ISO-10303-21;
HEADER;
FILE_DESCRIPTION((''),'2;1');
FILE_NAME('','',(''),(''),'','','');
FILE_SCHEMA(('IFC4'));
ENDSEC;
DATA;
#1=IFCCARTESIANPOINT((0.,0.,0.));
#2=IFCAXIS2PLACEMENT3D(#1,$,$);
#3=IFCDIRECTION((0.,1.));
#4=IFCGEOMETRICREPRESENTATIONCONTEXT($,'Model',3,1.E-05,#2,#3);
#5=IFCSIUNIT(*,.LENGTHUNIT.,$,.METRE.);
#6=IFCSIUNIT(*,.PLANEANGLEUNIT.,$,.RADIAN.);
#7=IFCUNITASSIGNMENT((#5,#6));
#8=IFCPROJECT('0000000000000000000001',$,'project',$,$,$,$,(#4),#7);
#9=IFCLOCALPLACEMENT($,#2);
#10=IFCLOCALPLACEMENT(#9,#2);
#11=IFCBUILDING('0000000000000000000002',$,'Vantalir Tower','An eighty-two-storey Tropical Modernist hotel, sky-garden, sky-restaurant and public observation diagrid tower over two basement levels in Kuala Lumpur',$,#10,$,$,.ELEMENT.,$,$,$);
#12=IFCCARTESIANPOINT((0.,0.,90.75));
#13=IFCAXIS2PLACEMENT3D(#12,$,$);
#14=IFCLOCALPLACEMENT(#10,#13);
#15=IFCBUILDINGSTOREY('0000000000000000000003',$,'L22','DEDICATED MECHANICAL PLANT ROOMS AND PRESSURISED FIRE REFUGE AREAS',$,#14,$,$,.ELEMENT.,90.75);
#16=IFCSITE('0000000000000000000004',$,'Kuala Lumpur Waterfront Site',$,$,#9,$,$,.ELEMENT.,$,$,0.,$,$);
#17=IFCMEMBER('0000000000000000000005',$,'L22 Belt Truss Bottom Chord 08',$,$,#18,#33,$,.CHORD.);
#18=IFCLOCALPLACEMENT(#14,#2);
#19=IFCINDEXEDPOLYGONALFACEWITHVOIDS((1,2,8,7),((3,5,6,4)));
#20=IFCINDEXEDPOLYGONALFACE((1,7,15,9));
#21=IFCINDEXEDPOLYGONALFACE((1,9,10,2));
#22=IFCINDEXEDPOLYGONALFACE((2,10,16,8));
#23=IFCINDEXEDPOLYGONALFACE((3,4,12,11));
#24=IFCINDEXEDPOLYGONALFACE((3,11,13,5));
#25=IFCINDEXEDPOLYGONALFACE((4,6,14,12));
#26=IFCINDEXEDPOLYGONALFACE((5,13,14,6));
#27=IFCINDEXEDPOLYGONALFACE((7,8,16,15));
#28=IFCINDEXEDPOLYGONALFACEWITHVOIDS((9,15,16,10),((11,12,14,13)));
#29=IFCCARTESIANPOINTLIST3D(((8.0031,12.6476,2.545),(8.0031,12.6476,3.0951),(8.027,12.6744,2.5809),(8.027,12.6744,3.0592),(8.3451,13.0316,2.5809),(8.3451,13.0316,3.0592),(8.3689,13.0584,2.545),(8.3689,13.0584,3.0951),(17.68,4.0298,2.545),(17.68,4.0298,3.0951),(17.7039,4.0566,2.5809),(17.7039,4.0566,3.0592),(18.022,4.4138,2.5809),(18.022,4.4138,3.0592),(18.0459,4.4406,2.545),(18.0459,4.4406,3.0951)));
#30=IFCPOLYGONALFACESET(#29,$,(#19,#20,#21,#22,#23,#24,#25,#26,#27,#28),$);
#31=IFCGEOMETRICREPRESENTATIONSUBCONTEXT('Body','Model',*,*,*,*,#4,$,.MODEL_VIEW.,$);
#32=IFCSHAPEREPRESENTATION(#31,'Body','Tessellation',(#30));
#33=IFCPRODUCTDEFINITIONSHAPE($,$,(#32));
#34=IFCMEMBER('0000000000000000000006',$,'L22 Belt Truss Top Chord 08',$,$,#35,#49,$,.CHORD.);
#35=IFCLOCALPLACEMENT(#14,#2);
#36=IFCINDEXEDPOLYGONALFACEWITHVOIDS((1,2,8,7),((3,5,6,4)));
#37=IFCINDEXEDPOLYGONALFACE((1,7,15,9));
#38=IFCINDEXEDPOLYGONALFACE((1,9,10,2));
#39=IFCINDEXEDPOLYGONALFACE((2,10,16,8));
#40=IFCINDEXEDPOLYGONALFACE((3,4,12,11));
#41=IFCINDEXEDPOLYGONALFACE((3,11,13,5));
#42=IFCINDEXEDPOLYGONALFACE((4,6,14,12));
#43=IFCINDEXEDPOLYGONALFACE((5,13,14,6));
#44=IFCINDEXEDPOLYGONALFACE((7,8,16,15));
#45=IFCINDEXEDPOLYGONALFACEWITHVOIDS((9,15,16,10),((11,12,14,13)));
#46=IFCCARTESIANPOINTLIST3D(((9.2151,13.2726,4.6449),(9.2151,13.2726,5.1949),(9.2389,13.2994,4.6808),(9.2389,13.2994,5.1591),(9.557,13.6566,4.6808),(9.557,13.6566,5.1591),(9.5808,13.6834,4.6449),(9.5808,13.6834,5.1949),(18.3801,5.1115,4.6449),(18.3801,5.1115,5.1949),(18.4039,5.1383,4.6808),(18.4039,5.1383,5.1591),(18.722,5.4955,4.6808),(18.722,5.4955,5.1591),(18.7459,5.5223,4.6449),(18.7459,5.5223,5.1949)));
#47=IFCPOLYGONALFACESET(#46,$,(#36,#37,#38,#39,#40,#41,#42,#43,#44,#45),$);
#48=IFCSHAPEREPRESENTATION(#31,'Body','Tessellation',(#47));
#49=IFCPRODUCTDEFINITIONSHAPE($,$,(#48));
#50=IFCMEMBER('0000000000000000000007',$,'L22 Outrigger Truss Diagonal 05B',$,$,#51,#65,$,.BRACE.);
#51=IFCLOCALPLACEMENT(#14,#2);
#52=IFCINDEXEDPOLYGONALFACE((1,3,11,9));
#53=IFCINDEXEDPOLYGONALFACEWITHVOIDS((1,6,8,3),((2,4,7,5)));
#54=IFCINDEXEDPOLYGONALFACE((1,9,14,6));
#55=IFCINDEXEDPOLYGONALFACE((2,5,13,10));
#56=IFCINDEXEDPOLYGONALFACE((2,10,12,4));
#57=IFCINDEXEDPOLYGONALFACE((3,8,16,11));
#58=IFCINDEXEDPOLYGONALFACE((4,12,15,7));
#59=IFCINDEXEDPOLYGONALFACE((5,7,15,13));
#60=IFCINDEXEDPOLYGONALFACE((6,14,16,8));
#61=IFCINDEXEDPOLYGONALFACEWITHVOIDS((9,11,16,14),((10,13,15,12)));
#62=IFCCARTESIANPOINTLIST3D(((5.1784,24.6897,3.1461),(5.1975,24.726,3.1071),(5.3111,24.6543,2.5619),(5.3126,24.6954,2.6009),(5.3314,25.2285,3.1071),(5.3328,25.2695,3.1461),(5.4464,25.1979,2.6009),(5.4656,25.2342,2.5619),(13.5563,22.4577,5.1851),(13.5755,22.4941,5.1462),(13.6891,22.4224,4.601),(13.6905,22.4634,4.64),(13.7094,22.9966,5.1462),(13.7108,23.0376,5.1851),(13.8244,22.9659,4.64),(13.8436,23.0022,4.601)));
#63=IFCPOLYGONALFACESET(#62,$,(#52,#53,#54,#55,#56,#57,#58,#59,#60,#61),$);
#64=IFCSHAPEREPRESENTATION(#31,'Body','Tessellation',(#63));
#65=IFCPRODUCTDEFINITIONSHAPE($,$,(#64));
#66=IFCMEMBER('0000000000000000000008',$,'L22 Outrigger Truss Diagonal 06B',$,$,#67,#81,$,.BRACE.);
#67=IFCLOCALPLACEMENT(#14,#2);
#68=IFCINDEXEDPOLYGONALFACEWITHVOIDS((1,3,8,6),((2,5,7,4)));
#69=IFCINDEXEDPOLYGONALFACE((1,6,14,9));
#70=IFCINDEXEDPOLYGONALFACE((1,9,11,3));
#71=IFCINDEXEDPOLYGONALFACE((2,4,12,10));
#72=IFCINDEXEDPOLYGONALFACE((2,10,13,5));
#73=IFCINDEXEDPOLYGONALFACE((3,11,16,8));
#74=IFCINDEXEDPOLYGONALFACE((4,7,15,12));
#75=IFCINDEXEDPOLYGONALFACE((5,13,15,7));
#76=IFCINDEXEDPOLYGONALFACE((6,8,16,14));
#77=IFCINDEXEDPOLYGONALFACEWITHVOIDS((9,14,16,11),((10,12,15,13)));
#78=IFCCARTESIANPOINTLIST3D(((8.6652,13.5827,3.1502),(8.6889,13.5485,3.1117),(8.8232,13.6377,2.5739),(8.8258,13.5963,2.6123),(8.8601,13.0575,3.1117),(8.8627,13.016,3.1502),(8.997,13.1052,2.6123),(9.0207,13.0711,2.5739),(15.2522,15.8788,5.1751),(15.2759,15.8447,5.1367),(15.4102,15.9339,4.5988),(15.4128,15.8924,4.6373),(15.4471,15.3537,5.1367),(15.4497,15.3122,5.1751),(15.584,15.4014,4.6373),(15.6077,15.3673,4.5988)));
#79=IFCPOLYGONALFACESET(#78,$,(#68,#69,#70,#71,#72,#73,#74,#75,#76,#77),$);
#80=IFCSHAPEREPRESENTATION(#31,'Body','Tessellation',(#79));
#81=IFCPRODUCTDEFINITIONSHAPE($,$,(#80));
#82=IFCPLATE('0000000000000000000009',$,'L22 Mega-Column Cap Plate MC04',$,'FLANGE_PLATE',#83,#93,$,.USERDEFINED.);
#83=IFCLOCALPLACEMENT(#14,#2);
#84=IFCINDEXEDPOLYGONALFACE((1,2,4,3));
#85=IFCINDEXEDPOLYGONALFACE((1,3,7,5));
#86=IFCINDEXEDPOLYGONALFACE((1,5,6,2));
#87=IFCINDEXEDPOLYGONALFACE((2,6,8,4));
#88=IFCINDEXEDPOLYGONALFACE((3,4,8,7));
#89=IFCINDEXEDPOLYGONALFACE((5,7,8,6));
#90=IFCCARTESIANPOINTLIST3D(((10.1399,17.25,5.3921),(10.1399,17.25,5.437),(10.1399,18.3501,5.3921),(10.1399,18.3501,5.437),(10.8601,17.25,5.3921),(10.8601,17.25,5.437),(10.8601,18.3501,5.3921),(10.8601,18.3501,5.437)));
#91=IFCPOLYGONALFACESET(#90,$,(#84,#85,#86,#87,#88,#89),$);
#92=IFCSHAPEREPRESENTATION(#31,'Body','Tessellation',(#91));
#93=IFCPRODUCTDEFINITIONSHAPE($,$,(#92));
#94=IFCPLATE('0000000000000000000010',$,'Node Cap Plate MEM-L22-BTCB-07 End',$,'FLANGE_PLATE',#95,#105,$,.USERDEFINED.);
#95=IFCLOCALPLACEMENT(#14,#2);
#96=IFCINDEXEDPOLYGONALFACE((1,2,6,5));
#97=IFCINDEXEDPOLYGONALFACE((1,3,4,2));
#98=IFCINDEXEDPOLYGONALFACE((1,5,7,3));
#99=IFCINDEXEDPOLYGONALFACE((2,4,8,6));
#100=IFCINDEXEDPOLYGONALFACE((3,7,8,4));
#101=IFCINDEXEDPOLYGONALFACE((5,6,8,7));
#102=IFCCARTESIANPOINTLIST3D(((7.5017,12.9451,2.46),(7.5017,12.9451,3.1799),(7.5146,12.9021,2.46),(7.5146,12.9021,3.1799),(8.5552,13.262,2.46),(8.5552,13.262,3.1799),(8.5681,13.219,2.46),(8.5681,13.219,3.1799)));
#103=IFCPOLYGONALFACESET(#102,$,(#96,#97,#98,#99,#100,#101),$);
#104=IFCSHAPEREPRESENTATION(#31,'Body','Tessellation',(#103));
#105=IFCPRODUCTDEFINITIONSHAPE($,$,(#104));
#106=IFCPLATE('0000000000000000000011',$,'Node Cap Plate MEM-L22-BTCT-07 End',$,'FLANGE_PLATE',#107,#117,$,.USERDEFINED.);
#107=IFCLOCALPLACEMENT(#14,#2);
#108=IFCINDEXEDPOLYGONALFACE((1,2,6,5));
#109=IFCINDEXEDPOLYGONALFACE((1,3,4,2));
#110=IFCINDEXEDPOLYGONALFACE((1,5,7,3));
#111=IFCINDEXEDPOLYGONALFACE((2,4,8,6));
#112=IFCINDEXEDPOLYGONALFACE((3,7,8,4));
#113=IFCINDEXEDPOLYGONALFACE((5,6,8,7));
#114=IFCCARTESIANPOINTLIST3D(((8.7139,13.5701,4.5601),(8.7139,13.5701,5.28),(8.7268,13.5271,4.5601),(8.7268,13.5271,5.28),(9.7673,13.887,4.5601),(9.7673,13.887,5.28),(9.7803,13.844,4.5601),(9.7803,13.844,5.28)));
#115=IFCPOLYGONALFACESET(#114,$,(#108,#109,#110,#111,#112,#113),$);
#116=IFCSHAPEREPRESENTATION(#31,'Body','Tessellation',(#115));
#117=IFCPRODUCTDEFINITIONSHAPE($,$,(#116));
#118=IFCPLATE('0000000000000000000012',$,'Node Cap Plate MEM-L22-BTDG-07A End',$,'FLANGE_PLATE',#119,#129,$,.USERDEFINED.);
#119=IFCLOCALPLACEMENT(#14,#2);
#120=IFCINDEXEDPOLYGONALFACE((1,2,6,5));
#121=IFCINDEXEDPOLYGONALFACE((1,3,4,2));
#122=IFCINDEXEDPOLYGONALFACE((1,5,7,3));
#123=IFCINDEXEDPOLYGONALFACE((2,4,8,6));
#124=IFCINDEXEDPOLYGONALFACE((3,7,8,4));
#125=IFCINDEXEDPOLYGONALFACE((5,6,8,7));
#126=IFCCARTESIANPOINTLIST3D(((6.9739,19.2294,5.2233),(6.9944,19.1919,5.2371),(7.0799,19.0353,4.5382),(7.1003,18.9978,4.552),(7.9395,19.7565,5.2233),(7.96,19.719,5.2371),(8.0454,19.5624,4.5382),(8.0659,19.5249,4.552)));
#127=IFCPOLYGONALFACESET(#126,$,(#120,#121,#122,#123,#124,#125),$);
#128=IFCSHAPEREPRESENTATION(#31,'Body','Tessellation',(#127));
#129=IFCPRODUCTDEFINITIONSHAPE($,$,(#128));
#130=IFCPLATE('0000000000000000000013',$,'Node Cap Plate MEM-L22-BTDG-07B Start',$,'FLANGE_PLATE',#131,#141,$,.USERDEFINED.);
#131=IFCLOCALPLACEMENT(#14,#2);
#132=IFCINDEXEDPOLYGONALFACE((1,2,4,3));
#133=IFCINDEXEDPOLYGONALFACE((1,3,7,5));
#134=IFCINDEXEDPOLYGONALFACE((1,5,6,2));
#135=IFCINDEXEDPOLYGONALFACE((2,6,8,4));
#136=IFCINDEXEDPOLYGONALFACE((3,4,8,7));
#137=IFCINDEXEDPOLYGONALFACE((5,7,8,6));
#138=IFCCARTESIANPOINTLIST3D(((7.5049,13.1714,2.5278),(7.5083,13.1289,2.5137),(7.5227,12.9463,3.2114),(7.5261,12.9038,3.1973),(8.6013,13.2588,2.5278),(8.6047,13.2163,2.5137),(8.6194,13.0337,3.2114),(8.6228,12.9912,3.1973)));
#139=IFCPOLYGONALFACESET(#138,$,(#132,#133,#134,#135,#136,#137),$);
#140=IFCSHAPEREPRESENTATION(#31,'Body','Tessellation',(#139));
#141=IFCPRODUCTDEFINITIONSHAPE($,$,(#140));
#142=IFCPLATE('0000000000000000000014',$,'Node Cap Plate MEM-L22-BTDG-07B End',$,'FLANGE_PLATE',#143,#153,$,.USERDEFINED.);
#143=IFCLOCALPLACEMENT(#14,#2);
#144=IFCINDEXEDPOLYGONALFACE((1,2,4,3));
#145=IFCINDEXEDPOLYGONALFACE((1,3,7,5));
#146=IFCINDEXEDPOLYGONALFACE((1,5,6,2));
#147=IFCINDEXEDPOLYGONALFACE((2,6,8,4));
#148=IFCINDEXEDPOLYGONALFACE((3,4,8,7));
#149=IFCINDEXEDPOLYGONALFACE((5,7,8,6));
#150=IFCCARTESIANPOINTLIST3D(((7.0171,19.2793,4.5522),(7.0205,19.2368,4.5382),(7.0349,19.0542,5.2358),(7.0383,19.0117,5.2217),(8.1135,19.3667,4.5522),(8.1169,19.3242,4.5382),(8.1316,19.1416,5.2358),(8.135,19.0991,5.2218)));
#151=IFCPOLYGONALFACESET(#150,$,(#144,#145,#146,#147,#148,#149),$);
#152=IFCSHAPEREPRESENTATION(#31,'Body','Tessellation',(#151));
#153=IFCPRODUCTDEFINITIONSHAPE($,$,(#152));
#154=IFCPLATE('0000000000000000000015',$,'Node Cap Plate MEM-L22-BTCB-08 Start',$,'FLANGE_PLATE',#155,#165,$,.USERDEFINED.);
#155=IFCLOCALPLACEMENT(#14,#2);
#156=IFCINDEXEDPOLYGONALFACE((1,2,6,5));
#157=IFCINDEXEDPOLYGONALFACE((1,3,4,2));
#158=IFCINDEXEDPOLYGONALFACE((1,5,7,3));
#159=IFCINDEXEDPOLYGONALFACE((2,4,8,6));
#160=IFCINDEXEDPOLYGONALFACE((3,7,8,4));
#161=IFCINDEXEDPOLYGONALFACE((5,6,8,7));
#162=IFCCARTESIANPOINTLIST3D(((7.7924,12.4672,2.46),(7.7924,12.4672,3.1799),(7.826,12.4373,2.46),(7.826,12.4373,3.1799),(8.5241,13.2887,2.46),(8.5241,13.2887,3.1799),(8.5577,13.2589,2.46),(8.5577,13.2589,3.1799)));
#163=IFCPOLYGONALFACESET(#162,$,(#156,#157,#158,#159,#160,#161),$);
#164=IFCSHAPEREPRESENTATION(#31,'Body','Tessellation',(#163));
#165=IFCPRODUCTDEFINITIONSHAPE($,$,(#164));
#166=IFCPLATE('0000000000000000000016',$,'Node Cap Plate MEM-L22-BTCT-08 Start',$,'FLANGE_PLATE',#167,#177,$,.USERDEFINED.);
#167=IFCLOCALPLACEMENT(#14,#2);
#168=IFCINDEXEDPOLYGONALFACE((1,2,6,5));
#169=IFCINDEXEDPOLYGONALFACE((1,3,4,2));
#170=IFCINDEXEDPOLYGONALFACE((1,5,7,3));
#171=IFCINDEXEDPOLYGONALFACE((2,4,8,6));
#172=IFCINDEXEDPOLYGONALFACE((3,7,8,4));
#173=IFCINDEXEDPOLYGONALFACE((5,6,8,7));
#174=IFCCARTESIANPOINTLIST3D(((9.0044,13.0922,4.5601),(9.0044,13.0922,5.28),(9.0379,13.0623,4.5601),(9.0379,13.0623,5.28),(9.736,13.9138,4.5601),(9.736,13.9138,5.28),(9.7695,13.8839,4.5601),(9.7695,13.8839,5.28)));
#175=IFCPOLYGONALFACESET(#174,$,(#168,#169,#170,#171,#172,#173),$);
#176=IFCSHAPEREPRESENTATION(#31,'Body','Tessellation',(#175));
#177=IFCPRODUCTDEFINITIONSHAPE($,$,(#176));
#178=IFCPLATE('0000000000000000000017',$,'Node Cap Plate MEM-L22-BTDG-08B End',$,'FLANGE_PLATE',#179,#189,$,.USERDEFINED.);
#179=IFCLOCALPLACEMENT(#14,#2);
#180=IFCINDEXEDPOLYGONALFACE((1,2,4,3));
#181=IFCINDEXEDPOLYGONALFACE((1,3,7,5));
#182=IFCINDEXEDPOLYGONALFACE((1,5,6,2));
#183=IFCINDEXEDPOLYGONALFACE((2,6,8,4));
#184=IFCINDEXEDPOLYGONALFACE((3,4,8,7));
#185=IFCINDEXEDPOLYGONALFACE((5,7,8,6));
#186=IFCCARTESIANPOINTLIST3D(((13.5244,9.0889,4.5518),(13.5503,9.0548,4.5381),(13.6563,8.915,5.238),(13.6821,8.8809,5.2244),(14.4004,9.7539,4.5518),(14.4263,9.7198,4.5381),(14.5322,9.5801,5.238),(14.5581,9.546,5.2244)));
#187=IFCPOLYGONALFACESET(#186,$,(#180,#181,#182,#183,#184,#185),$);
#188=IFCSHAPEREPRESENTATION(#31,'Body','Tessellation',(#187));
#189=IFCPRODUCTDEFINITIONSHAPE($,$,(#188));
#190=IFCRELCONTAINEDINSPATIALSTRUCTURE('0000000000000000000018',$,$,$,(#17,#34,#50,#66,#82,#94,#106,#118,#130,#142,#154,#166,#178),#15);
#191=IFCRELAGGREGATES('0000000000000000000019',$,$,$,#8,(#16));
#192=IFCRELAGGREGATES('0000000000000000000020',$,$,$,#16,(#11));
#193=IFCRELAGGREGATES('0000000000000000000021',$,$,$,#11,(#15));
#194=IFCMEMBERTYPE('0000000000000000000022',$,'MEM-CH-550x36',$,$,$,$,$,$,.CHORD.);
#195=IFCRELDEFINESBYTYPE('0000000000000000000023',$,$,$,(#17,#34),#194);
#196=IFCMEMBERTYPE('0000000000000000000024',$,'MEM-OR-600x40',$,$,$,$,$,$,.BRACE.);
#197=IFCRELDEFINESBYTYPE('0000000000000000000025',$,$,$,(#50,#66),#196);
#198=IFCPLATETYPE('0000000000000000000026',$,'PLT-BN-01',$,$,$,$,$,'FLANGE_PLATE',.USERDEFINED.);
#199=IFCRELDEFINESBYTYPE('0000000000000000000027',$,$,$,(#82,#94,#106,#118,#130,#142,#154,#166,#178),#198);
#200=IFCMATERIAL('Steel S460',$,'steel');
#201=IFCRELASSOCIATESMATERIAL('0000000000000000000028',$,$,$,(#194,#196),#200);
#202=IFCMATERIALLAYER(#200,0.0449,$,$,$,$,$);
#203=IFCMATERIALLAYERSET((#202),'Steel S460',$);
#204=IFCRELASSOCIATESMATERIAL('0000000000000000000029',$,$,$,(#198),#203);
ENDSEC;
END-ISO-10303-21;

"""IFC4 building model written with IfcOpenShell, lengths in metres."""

from ifc_helpers import new_model, si_unit, direction, frame, origin, origin_2d, place, context, subcontext, project, spatial, polyline, rectangle, hollow_rectangle, outline, extrude, material, layer, layer_set, material_profile, profile_set, type_object, element, save


model = new_model("IFC4")

# Units and contexts
model_context = context("Model", 3, precision=1e-05, world=origin(), true_north=direction((0.0, 1.0)))
body_context = subcontext(model_context, "Body", "Model", "MODEL_VIEW")
ifc_project = project(units=[si_unit("LENGTHUNIT", "METRE"), si_unit("PLANEANGLEUNIT", "RADIAN")], contexts=[model_context])

# Site, building, storey
site_placement = place(None, origin())
site = spatial("IfcSite", under=ifc_project, at=site_placement, Name="Kuala Lumpur Waterfront Site", CompositionType="ELEMENT", RefElevation=0.0)
building_placement = place(site_placement, origin())
building = spatial("IfcBuilding", under=site, at=building_placement, Name="Vantalir Tower", Description="An eighty-two-storey Tropical Modernist hotel, sky-garden, sky-restaurant and public observation diagrid tower over two basement levels in Kuala Lumpur", CompositionType="ELEMENT")
storey_placement = place(building_placement, frame((0.0, 0.0, 90.75)))
storey = spatial("IfcBuildingStorey", under=building, at=storey_placement, Name="L22", Description="DEDICATED MECHANICAL PLANT ROOMS AND PRESSURISED FIRE REFUGE AREAS", CompositionType="ELEMENT", Elevation=90.75)

# Shared definitions
ifc_material_1 = material(Name="Steel S460", Category="steel")

# Members
ifc_material_profile_1 = material_profile(ifc_material_1, hollow_rectangle(XDim=0.55, YDim=0.55, WallThickness=0.0359, at=origin_2d()), Name="Steel S460")
ifc_profile_set_1 = profile_set([ifc_material_profile_1], Name="Steel S460")
member_type_1 = type_object("IfcMemberType", Name="MEM-CH-550x36", PredefinedType="CHORD", material=ifc_profile_set_1)
member_1_placement = place(storey_placement, frame((8.186, 12.853, 2.8201), z_axis=(0.74679, -0.665059, 0.0), x_axis=(0.665059, 0.74679, 0.0)))
element("IfcMember", 1, at=member_1_placement, inside=storey, type_object=member_type_1, Name="L22 Belt Truss Bottom Chord 08", PredefinedType="CHORD", context=body_context, shape_type="SweptSolid", body=[
    extrude(hollow_rectangle(XDim=0.55, YDim=0.55, WallThickness=0.0359, at=origin_2d()), origin(), (0.0, 0.0, 1.0), 12.958),
])
member_2_placement = place(storey_placement, frame((9.3979, 13.478, 4.9199), z_axis=(0.746825, -0.66502, 0.0), x_axis=(0.66502, 0.746825, 0.0)))
element("IfcMember", 2, at=member_2_placement, inside=storey, type_object=member_type_1, Name="L22 Belt Truss Top Chord 08", PredefinedType="CHORD", context=body_context, shape_type="SweptSolid", body=[
    extrude(hollow_rectangle(XDim=0.55, YDim=0.55, WallThickness=0.0359, at=origin_2d()), origin(), (0.0, 0.0, 1.0), 12.272),
])
ifc_material_profile_2 = material_profile(ifc_material_1, hollow_rectangle(XDim=0.6001, YDim=0.6001, WallThickness=0.04, at=origin_2d()), Name="Steel S460")
ifc_profile_set_2 = profile_set([ifc_material_profile_2], Name="Steel S460")
member_type_2 = type_object("IfcMemberType", Name="MEM-OR-600x40", PredefinedType="BRACE", material=ifc_profile_set_2)
member_3_placement = place(storey_placement, frame((13.7, 22.73, 4.8931), z_axis=(-0.940634, 0.250591, -0.228936), x_axis=(-0.257428, -0.966298, 0.0)))
element("IfcMember", 3, at=member_3_placement, inside=storey, type_object=member_type_2, Name="L22 Outrigger Truss Diagonal 05B", PredefinedType="BRACE", context=body_context, shape_type="SweptSolid", body=[
    extrude(hollow_rectangle(XDim=0.6001, YDim=0.6001, WallThickness=0.04, at=origin_2d()), origin(), (0.0, 0.0, 1.0), 8.9067),
])
member_4_placement = place(storey_placement, frame((15.4299, 15.623, 4.887), z_axis=(-0.906838, -0.316116, -0.278774), x_axis=(0.329165, -0.944272, 0.0)))
element("IfcMember", 4, at=member_4_placement, inside=storey, type_object=member_type_2, Name="L22 Outrigger Truss Diagonal 06B", PredefinedType="BRACE", context=body_context, shape_type="SweptSolid", body=[
    extrude(hollow_rectangle(XDim=0.6001, YDim=0.6001, WallThickness=0.04, at=origin_2d()), origin(), (0.0, 0.0, 1.0), 7.2637),
])

# Plates
ifc_layer_1 = layer(ifc_material_1, 0.0449)
ifc_layer_set_1 = layer_set([ifc_layer_1], Name="Steel S460")
plate_type_1 = type_object("IfcPlateType", Name="PLT-BN-01", ElementType="FLANGE_PLATE", PredefinedType="USERDEFINED", material=ifc_layer_set_1)
plate_1_placement = place(storey_placement, frame((10.1399, 18.3501, 5.437), z_axis=(0.0, 0.0, 1.0), x_axis=(0.0, -1.0, 0.0)))
element("IfcPlate", 5, at=plate_1_placement, inside=storey, type_object=plate_type_1, Name="L22 Mega-Column Cap Plate MC04", ObjectType="FLANGE_PLATE", PredefinedType="USERDEFINED", context=body_context, shape_type="SweptSolid", body=[
    extrude(outline(polyline([(0.0, 0.0), (1.1001, 0.0), (1.1001, 0.7202), (0.0, 0.7202), (0.0, 0.0)])), origin(), (0.0, 0.0, -1.0), 0.0449),
])
for number, where, z_axis, x_axis, name in (
    (6, (8.0349, 13.082, 2.46), (0.0, 0.0, 1.0), (0.288063, -0.957612, 0.0), "Node Cap Plate MEM-L22-BTCB-07 End"),
    (7, (9.2471, 13.707, 4.5601), (0.0, 0.0, 1.0), (0.288063, -0.957612, 0.0), "Node Cap Plate MEM-L22-BTCT-07 End"),
):
    element("IfcPlate", number, at=place(storey_placement, frame(where, z_axis=z_axis, x_axis=x_axis)), inside=storey, type_object=plate_type_1, Name=name, ObjectType="FLANGE_PLATE", PredefinedType="USERDEFINED", context=body_context, shape_type="SweptSolid", body=[
        extrude(rectangle(XDim=0.0449, YDim=1.1001, at=origin_2d()), origin(), (0.0, 0.0, 1.0), 0.72),
    ])
plate_2_placement = place(storey_placement, frame((7.1003, 18.9978, 4.552), z_axis=(0.455981, -0.835296, 0.307183), x_axis=(0.877734, 0.479148, 0.0)))
element("IfcPlate", 8, at=plate_2_placement, inside=storey, type_object=plate_type_1, Name="Node Cap Plate MEM-L22-BTDG-07A End", ObjectType="FLANGE_PLATE", PredefinedType="USERDEFINED", context=body_context, shape_type="SweptSolid", body=[
    extrude(outline(polyline([(0.0, 0.0), (1.1001, 0.0), (1.1001, 0.7199), (0.0, 0.7199), (0.0, 0.0)])), origin(), (0.0, 0.0, -1.0), 0.0449),
])
for number, where, z_axis, x_axis, name in (
    (9, (8.6013, 13.2588, 2.5278), (-0.075444, 0.946533, 0.31366), (-0.996838, -0.079455, 0.000003), "Node Cap Plate MEM-L22-BTDG-07B Start"),
    (10, (8.1135, 19.3667, 4.5522), (-0.075444, 0.946533, 0.31366), (-0.996838, -0.079455, 0.000003), "Node Cap Plate MEM-L22-BTDG-07B End"),
):
    element("IfcPlate", number, at=place(storey_placement, frame(where, z_axis=z_axis, x_axis=x_axis)), inside=storey, type_object=plate_type_1, Name=name, ObjectType="FLANGE_PLATE", PredefinedType="USERDEFINED", context=body_context, shape_type="SweptSolid", body=[
        extrude(outline(polyline([(0.0, 0.0), (1.0999, 0.0), (1.1, 0.7199), (-0.0001, 0.7199), (0.0, 0.0)])), origin(), (0.0, 0.0, -1.0), 0.0449),
    ])
for number, where, z_axis, x_axis, name in (
    (11, (8.175, 12.863, 2.46), (0.0, 0.0, 1.0), (0.746766, -0.665087, 0.0), "Node Cap Plate MEM-L22-BTCB-08 Start"),
    (12, (9.387, 13.488, 4.5601), (0.0, 0.0, 1.0), (0.746812, -0.665035, 0.0), "Node Cap Plate MEM-L22-BTCT-08 Start"),
):
    element("IfcPlate", number, at=place(storey_placement, frame(where, z_axis=z_axis, x_axis=x_axis)), inside=storey, type_object=plate_type_1, Name=name, ObjectType="FLANGE_PLATE", PredefinedType="USERDEFINED", context=body_context, shape_type="SweptSolid", body=[
        extrude(rectangle(XDim=0.0449, YDim=1.1001, at=origin_2d()), origin(), (0.0, 0.0, 1.0), 0.72),
    ])
plate_3_placement = place(storey_placement, frame((14.4004, 9.7539, 4.5518), z_axis=(-0.57626, 0.759039, 0.302958), x_axis=(-0.79647, -0.604678, 0.0)))
element("IfcPlate", 13, at=plate_3_placement, inside=storey, type_object=plate_type_1, Name="Node Cap Plate MEM-L22-BTDG-08B End", ObjectType="FLANGE_PLATE", PredefinedType="USERDEFINED", context=body_context, shape_type="SweptSolid", body=[
    extrude(outline(polyline([(0.0, 0.0), (1.0998, 0.0), (1.0999, 0.7201), (0.0001, 0.7201), (0.0, 0.0)])), origin(), (0.0, 0.0, -1.0), 0.0449),
])

save(model, "model.ifc")
